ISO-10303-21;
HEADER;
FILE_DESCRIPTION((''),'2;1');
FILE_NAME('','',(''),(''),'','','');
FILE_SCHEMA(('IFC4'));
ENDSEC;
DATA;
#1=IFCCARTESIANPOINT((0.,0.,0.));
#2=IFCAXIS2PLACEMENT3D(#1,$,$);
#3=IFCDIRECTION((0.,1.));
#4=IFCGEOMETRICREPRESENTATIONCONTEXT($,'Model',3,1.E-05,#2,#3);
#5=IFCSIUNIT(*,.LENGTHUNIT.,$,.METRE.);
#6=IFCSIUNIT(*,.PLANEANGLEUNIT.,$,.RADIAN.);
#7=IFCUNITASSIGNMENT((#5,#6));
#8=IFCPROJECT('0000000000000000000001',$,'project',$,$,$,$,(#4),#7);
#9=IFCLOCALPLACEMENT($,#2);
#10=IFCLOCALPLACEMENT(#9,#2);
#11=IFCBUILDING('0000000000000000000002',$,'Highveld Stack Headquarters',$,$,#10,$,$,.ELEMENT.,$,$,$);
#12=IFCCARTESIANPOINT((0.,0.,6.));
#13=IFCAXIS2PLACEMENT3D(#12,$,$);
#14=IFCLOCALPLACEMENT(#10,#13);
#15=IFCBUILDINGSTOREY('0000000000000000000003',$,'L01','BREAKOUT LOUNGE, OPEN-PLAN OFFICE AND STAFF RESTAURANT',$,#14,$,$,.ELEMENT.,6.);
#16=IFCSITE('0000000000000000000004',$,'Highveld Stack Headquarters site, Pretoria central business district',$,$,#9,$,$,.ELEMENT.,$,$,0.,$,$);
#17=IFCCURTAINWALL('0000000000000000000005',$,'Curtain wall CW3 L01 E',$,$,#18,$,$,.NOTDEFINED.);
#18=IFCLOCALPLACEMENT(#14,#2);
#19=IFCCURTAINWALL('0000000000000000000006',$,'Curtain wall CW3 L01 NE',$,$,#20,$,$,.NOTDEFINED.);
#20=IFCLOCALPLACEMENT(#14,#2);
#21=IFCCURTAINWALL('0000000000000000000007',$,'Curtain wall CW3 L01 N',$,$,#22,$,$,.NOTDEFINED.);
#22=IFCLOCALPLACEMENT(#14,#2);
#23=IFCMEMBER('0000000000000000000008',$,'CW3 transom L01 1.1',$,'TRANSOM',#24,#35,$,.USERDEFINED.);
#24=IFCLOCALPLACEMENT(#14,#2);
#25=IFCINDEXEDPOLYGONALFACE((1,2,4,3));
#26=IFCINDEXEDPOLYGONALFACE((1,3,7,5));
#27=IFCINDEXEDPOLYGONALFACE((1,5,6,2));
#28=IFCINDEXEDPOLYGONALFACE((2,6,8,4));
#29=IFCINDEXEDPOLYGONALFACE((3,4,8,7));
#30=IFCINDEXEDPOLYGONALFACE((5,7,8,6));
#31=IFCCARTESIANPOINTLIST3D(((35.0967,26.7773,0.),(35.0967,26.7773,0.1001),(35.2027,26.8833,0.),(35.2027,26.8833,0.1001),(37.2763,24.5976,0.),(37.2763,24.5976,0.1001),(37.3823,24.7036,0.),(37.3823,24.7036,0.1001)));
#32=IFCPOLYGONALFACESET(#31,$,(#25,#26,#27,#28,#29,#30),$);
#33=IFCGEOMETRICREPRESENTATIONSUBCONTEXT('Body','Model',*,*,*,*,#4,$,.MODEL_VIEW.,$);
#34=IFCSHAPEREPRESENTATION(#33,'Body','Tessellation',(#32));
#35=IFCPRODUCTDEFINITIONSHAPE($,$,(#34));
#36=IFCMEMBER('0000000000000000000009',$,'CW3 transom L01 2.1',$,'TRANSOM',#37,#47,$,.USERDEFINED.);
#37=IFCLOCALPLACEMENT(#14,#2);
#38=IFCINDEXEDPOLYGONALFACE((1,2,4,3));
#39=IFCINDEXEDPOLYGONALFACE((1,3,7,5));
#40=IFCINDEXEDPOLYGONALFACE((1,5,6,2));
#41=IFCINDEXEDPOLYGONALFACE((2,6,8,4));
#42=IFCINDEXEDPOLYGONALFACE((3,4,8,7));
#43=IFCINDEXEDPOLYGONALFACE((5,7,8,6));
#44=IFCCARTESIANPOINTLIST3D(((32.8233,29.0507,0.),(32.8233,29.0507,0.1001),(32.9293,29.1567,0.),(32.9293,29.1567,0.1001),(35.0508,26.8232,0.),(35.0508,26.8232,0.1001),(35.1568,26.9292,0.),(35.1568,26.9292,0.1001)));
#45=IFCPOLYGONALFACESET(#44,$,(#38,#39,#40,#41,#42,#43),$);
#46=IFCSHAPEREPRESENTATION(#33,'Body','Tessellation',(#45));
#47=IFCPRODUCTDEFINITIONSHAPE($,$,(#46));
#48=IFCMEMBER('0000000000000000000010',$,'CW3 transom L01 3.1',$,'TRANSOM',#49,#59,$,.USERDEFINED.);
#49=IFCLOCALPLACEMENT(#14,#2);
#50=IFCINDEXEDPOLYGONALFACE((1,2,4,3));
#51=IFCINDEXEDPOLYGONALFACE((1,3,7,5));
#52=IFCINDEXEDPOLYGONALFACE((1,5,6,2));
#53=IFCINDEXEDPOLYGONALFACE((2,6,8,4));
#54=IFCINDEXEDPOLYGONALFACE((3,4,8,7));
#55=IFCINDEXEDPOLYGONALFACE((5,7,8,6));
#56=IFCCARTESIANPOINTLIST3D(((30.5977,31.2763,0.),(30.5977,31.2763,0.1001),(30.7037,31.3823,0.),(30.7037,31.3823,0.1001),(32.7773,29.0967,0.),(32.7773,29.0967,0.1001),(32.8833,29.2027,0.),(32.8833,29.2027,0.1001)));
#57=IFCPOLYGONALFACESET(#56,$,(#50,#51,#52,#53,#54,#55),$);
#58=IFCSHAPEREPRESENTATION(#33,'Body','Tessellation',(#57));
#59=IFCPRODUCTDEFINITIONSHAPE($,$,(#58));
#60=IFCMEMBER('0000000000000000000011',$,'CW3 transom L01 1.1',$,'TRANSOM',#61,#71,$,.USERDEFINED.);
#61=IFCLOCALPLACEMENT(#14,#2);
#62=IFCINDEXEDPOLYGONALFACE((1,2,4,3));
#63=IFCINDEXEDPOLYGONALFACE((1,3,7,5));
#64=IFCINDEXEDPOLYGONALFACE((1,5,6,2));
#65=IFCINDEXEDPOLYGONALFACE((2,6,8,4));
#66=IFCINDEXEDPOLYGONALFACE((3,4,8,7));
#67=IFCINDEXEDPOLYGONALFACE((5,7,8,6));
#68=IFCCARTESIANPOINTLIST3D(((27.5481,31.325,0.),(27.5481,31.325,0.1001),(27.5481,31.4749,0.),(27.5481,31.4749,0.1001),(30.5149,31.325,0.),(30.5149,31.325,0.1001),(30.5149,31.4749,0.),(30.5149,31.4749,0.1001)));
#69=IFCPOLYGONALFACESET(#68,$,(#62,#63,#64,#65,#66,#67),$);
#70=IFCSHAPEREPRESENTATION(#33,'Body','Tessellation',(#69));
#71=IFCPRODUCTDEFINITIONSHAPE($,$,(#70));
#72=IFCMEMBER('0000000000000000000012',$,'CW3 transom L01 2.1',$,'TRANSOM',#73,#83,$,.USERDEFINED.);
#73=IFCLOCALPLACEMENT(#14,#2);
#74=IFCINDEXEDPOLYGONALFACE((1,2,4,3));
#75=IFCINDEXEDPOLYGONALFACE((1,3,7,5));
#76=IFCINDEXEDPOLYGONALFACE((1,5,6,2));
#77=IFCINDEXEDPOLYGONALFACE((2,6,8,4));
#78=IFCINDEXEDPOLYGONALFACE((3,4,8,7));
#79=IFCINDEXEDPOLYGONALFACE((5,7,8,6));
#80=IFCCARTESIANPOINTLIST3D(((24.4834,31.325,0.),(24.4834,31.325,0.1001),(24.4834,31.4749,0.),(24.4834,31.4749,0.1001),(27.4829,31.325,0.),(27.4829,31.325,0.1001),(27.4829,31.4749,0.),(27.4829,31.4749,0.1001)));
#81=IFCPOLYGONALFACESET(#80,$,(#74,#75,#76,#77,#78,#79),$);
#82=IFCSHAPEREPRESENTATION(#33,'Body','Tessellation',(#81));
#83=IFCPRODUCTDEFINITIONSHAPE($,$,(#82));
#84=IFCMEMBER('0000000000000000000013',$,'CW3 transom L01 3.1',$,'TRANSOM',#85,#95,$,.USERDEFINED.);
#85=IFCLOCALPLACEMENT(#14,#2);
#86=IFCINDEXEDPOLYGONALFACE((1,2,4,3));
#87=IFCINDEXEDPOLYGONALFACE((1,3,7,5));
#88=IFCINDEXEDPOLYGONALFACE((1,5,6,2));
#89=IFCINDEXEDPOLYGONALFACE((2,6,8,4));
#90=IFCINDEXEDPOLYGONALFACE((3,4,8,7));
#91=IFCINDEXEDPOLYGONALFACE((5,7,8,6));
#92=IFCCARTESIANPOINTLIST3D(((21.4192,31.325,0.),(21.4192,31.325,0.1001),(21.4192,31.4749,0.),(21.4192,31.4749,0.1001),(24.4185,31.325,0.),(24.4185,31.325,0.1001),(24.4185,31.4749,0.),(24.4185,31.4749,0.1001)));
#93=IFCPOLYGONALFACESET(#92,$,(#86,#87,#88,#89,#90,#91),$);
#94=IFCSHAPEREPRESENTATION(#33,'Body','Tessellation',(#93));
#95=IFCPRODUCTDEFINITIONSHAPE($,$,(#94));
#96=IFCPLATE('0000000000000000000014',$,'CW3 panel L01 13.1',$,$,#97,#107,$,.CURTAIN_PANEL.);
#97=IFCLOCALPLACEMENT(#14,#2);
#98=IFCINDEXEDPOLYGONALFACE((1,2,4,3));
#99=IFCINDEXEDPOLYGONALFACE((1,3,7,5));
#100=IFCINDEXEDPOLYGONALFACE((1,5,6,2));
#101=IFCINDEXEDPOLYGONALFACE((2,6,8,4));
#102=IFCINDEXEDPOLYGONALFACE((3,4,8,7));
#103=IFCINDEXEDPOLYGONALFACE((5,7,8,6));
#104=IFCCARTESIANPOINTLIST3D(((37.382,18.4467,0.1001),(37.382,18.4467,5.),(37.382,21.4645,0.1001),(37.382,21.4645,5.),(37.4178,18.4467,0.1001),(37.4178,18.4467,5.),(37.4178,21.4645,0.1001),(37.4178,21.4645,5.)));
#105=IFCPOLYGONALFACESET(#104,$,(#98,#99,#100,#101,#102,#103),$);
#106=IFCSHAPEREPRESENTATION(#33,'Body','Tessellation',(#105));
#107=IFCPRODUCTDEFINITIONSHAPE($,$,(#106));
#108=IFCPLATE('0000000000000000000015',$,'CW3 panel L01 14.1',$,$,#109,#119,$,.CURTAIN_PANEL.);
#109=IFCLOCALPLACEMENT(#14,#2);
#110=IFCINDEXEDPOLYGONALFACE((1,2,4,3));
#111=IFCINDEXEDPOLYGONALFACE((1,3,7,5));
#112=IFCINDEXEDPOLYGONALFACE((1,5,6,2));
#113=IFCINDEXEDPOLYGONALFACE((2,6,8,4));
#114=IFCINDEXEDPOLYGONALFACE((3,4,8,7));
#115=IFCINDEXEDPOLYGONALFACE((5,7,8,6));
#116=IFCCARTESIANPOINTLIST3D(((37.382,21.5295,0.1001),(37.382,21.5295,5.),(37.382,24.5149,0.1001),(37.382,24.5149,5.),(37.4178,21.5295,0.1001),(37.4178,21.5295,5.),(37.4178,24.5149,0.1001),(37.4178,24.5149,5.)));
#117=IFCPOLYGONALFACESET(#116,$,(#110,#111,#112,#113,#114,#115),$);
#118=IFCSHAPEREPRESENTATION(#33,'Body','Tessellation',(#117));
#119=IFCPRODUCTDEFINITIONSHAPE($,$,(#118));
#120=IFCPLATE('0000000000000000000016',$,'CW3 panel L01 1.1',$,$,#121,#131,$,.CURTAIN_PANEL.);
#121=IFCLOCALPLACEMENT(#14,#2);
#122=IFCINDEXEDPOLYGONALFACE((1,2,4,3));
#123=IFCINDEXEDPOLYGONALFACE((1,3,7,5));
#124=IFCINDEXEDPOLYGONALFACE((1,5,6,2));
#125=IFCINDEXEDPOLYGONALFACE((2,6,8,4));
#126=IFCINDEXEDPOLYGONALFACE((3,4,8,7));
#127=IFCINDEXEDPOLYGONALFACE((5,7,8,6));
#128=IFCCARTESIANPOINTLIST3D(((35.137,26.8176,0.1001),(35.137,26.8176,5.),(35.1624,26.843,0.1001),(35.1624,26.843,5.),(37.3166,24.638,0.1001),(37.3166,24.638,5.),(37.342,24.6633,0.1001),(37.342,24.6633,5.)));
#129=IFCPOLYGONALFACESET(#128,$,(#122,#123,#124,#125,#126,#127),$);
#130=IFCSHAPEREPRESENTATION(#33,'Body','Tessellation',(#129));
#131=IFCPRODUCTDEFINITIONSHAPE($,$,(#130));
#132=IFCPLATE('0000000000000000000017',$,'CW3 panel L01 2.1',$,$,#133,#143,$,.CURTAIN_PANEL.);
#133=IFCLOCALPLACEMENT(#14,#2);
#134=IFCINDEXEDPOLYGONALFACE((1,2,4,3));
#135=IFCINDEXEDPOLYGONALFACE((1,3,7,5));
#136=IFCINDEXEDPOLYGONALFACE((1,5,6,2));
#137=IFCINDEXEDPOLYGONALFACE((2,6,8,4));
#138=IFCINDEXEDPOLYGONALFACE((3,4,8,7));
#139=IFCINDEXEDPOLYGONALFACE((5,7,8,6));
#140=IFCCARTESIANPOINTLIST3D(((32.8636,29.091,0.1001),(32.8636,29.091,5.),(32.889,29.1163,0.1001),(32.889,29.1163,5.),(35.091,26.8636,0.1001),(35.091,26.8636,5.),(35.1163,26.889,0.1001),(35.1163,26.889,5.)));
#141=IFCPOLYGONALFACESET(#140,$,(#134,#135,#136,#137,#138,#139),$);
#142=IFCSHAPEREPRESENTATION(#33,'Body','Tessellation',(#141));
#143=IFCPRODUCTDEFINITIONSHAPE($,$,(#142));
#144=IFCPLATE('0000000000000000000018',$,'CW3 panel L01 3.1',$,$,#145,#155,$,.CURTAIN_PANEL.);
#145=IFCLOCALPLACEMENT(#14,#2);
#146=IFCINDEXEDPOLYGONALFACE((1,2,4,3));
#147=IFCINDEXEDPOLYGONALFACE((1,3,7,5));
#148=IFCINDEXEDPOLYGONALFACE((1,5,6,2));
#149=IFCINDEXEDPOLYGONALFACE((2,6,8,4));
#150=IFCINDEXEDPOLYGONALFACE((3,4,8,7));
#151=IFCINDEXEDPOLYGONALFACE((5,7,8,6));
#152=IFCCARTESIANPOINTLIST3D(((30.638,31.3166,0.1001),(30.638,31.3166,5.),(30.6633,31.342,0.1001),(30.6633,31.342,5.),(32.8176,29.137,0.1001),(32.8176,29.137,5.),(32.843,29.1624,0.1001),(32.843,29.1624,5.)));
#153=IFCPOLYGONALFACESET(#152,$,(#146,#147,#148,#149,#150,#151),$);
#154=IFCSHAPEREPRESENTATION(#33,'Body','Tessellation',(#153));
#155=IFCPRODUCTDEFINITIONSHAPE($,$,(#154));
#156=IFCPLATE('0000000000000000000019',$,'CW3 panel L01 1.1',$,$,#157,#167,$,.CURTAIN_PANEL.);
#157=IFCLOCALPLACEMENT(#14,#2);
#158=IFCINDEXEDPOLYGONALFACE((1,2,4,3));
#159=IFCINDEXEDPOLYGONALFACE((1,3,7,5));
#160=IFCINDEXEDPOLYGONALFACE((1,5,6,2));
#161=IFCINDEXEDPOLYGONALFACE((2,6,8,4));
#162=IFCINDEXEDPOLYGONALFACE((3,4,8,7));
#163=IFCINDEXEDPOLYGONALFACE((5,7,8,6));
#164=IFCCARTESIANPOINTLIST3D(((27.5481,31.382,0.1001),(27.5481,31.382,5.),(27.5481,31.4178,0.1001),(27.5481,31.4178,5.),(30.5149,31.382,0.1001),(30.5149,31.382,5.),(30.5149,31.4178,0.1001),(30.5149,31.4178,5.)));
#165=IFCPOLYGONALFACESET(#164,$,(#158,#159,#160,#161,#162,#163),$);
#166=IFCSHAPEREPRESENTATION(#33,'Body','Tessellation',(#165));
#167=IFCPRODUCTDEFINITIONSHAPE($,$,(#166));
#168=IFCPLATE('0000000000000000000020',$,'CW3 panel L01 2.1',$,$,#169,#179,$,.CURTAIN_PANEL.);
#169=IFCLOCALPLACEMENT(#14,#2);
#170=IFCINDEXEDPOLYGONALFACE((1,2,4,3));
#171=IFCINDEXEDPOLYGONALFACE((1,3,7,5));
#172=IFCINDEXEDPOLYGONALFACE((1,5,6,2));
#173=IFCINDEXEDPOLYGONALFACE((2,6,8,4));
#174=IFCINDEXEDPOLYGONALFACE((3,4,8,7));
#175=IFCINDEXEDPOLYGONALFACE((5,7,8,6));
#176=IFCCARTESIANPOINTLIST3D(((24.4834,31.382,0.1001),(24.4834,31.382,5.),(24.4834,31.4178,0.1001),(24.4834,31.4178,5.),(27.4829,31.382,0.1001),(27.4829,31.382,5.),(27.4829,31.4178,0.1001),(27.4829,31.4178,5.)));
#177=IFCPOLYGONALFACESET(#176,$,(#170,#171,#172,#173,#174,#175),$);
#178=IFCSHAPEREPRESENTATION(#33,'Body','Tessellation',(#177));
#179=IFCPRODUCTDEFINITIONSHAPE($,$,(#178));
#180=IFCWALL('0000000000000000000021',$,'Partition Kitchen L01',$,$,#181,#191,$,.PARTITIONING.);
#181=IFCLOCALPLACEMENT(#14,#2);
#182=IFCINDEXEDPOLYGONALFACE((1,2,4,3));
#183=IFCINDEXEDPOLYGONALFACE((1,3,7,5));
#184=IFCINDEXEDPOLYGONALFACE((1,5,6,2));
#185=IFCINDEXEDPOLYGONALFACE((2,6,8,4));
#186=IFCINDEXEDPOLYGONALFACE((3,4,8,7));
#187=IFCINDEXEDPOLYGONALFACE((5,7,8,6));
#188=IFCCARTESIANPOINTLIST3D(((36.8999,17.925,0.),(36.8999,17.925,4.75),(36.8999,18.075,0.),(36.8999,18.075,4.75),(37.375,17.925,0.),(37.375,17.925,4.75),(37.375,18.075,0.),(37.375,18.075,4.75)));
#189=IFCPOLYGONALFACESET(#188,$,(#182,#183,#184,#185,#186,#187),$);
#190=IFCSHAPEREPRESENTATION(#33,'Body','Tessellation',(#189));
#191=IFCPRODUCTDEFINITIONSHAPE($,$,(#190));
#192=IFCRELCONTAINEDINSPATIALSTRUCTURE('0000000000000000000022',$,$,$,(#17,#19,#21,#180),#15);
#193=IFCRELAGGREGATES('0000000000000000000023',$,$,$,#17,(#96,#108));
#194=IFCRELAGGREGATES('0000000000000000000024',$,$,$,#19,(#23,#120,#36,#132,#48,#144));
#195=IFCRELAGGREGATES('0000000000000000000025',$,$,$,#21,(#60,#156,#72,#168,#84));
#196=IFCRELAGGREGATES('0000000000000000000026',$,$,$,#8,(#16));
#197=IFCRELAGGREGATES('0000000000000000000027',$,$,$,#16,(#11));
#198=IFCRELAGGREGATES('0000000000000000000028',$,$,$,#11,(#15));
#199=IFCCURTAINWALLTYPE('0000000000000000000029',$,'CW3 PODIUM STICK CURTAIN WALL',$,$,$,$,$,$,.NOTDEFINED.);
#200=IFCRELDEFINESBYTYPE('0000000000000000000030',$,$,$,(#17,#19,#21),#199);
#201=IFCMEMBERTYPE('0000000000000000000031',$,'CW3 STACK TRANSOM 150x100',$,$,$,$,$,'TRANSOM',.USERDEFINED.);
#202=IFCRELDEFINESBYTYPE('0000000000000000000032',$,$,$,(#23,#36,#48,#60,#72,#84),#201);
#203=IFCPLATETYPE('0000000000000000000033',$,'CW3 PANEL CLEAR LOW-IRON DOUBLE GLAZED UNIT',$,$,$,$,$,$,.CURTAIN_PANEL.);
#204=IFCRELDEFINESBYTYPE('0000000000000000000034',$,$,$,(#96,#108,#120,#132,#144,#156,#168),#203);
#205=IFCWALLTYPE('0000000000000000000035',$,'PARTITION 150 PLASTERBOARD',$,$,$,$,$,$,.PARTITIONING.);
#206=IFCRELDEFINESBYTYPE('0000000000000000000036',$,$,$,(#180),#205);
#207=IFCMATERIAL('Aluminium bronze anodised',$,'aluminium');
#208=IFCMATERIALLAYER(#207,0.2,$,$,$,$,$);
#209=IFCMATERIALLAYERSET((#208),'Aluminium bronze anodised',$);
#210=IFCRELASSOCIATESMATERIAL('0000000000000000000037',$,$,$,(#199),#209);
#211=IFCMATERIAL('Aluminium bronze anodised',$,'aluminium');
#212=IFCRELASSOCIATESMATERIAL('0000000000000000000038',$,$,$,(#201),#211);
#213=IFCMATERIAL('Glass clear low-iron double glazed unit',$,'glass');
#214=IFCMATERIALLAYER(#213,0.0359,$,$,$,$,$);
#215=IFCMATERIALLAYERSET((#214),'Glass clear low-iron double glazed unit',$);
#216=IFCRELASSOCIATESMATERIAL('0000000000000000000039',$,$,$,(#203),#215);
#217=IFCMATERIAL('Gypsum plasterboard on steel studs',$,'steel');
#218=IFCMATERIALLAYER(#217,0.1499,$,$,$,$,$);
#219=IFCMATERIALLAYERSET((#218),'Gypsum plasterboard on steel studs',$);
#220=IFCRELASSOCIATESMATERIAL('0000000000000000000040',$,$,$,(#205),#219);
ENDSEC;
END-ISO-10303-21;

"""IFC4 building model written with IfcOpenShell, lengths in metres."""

from ifc_helpers import new_model, si_unit, direction, frame, frame_2d, origin, origin_2d, place, context, subcontext, project, spatial, rectangle, extrude, material, layer, layer_set, material_profile, profile_set, type_object, element, aggregate, save


model = new_model("IFC4")

# Units and contexts
model_context = context("Model", 3, precision=1e-05, world=origin(), true_north=direction((0.0, 1.0)))
body_context = subcontext(model_context, "Body", "Model", "MODEL_VIEW")
ifc_project = project(units=[si_unit("LENGTHUNIT", "METRE"), si_unit("PLANEANGLEUNIT", "RADIAN")], contexts=[model_context])

# Site, building, storey
site_placement = place(None, origin())
site = spatial("IfcSite", under=ifc_project, at=site_placement, Name="Highveld Stack Headquarters site, Pretoria central business district", CompositionType="ELEMENT", RefElevation=0.0)
building_placement = place(site_placement, origin())
building = spatial("IfcBuilding", under=site, at=building_placement, Name="Highveld Stack Headquarters", CompositionType="ELEMENT")
storey_placement = place(building_placement, frame((0.0, 0.0, 6.0)))
storey = spatial("IfcBuildingStorey", under=building, at=storey_placement, Name="L01", Description="BREAKOUT LOUNGE, OPEN-PLAN OFFICE AND STAFF RESTAURANT", CompositionType="ELEMENT", Elevation=6.0)

# Curtain walls
ifc_material_1 = material(Name="Aluminium bronze anodised", Category="aluminium")
ifc_layer_1 = layer(ifc_material_1, 0.2)
ifc_layer_set_1 = layer_set([ifc_layer_1], Name="Aluminium bronze anodised")
curtain_wall_type = type_object("IfcCurtainWallType", Name="CW3 PODIUM STICK CURTAIN WALL", PredefinedType="NOTDEFINED", material=ifc_layer_set_1)
curtain_wall_1_placement = place(storey_placement, origin())
curtain_wall_1 = element("IfcCurtainWall", 1, at=curtain_wall_1_placement, inside=storey, type_object=curtain_wall_type, Name="Curtain wall CW3 L01 E", PredefinedType="NOTDEFINED")
curtain_wall_2_placement = place(storey_placement, origin())
curtain_wall_2 = element("IfcCurtainWall", 2, at=curtain_wall_2_placement, inside=storey, type_object=curtain_wall_type, Name="Curtain wall CW3 L01 NE", PredefinedType="NOTDEFINED")
curtain_wall_3_placement = place(storey_placement, origin())
curtain_wall_3 = element("IfcCurtainWall", 3, at=curtain_wall_3_placement, inside=storey, type_object=curtain_wall_type, Name="Curtain wall CW3 L01 N", PredefinedType="NOTDEFINED")

# Members
ifc_material_2 = material(Name="Aluminium bronze anodised", Category="aluminium")
ifc_material_profile_1 = material_profile(ifc_material_2, rectangle(XDim=0.1499, YDim=0.1001, at=origin_2d()), Name="CW3 TRANSOM 150x100")
ifc_profile_set_1 = profile_set([ifc_material_profile_1], Name="Aluminium bronze anodised")
member_type_1 = type_object("IfcMemberType", Name="CW3 STACK TRANSOM 150x100", ElementType="TRANSOM", PredefinedType="USERDEFINED", material=ifc_profile_set_1)
member_1_placement = place(storey_placement, frame((37.3293, 24.6506, 0.05), z_axis=(-0.707107, 0.707107, 0.0), x_axis=(-0.707107, -0.707107, 0.0)))
member_1 = element("IfcMember", 4, at=member_1_placement, type_object=member_type_1, Name="CW3 transom L01 1.1", ObjectType="TRANSOM", PredefinedType="USERDEFINED", context=body_context, shape_type="SweptSolid", body=[
    extrude(rectangle(XDim=0.1499, YDim=0.1001, at=origin_2d()), origin(), (0.0, 0.0, 1.0), 3.0825),
])
member_2_placement = place(storey_placement, frame((35.1038, 26.8762, 0.05), z_axis=(-0.707107, 0.707107, 0.0), x_axis=(-0.707107, -0.707107, 0.0)))
member_2 = element("IfcMember", 5, at=member_2_placement, type_object=member_type_1, Name="CW3 transom L01 2.1", ObjectType="TRANSOM", PredefinedType="USERDEFINED", context=body_context, shape_type="SweptSolid", body=[
    extrude(rectangle(XDim=0.1499, YDim=0.1001, at=origin_2d()), origin(), (0.0, 0.0, 1.0), 3.1501),
])
member_3_placement = place(storey_placement, frame((32.8303, 29.1497, 0.05), z_axis=(-0.707107, 0.707107, 0.0), x_axis=(-0.707107, -0.707107, 0.0)))
member_3 = element("IfcMember", 6, at=member_3_placement, type_object=member_type_1, Name="CW3 transom L01 3.1", ObjectType="TRANSOM", PredefinedType="USERDEFINED", context=body_context, shape_type="SweptSolid", body=[
    extrude(rectangle(XDim=0.1499, YDim=0.1001, at=origin_2d()), origin(), (0.0, 0.0, 1.0), 3.0825),
])
member_4_placement = place(storey_placement, frame((30.5149, 31.3999, 0.05), z_axis=(-1.0, 0.0, 0.0), x_axis=(0.0, -1.0, 0.0)))
member_4 = element("IfcMember", 7, at=member_4_placement, type_object=member_type_1, Name="CW3 transom L01 1.1", ObjectType="TRANSOM", PredefinedType="USERDEFINED", context=body_context, shape_type="SweptSolid", body=[
    extrude(rectangle(XDim=0.1499, YDim=0.1001, at=origin_2d()), origin(), (0.0, 0.0, 1.0), 2.9668),
])
member_5_placement = place(storey_placement, frame((27.4829, 31.3999, 0.05), z_axis=(-1.0, 0.0, 0.0), x_axis=(0.0, -1.0, 0.0)))
member_5 = element("IfcMember", 8, at=member_5_placement, type_object=member_type_1, Name="CW3 transom L01 2.1", ObjectType="TRANSOM", PredefinedType="USERDEFINED", context=body_context, shape_type="SweptSolid", body=[
    extrude(rectangle(XDim=0.1499, YDim=0.1001, at=origin_2d()), origin(), (0.0, 0.0, 1.0), 2.9995),
])
member_6_placement = place(storey_placement, frame((24.4185, 31.3999, 0.05), z_axis=(-1.0, 0.0, 0.0), x_axis=(0.0, -1.0, 0.0)))
member_6 = element("IfcMember", 9, at=member_6_placement, type_object=member_type_1, Name="CW3 transom L01 3.1", ObjectType="TRANSOM", PredefinedType="USERDEFINED", context=body_context, shape_type="SweptSolid", body=[
    extrude(rectangle(XDim=0.1499, YDim=0.1001, at=origin_2d()), origin(), (0.0, 0.0, 1.0), 2.9993),
])

# Plates
ifc_material_3 = material(Name="Glass clear low-iron double glazed unit", Category="glass")
ifc_layer_2 = layer(ifc_material_3, 0.0359)
ifc_layer_set_2 = layer_set([ifc_layer_2], Name="Glass clear low-iron double glazed unit")
plate_type = type_object("IfcPlateType", Name="CW3 PANEL CLEAR LOW-IRON DOUBLE GLAZED UNIT", PredefinedType="CURTAIN_PANEL", material=ifc_layer_set_2)
plate_1_placement = place(storey_placement, frame((37.3999, 19.9556, 0.1001), z_axis=(0.0, 0.0, 1.0), x_axis=(0.0, 1.0, 0.0)))
plate_1 = element("IfcPlate", 10, at=plate_1_placement, type_object=plate_type, Name="CW3 panel L01 13.1", PredefinedType="CURTAIN_PANEL", context=body_context, shape_type="SweptSolid", body=[
    extrude(rectangle(XDim=3.0178, YDim=0.0359, at=origin_2d()), origin(), (0.0, 0.0, 1.0), 4.8999),
])
plate_2_placement = place(storey_placement, frame((37.3999, 23.0222, 0.1001), z_axis=(0.0, 0.0, 1.0), x_axis=(0.0, 1.0, 0.0)))
plate_2 = element("IfcPlate", 11, at=plate_2_placement, type_object=plate_type, Name="CW3 panel L01 14.1", PredefinedType="CURTAIN_PANEL", context=body_context, shape_type="SweptSolid", body=[
    extrude(rectangle(XDim=2.9854, YDim=0.0359, at=origin_2d()), origin(), (0.0, 0.0, 1.0), 4.8999),
])
aggregate(curtain_wall_1, [plate_1, plate_2])
plate_3_placement = place(storey_placement, frame((36.2395, 25.7405, 0.1001), z_axis=(0.0, 0.0, 1.0), x_axis=(-0.707107, 0.707107, 0.0)))
plate_3 = element("IfcPlate", 12, at=plate_3_placement, type_object=plate_type, Name="CW3 panel L01 1.1", PredefinedType="CURTAIN_PANEL", context=body_context, shape_type="SweptSolid", body=[
    extrude(rectangle(XDim=3.0825, YDim=0.0359, at=origin_2d()), origin(), (0.0, 0.0, 1.0), 4.8999),
])
plate_4_placement = place(storey_placement, frame((33.99, 27.99, 0.1001), z_axis=(0.0, 0.0, 1.0), x_axis=(-0.707107, 0.707107, 0.0)))
plate_4 = element("IfcPlate", 13, at=plate_4_placement, type_object=plate_type, Name="CW3 panel L01 2.1", PredefinedType="CURTAIN_PANEL", context=body_context, shape_type="SweptSolid", body=[
    extrude(rectangle(XDim=3.1499, YDim=0.0359, at=origin_2d()), origin(), (0.0, 0.0, 1.0), 4.8999),
])
plate_5_placement = place(storey_placement, frame((31.7405, 30.2395, 0.1001), z_axis=(0.0, 0.0, 1.0), x_axis=(-0.707107, 0.707107, 0.0)))
plate_5 = element("IfcPlate", 14, at=plate_5_placement, type_object=plate_type, Name="CW3 panel L01 3.1", PredefinedType="CURTAIN_PANEL", context=body_context, shape_type="SweptSolid", body=[
    extrude(rectangle(XDim=3.0825, YDim=0.0359, at=origin_2d()), origin(), (0.0, 0.0, 1.0), 4.8999),
])
aggregate(curtain_wall_2, [member_1, plate_3, member_2, plate_4, member_3, plate_5])
plate_6_placement = place(storey_placement, frame((29.0315, 31.3999, 0.1001), z_axis=(0.0, 0.0, 1.0), x_axis=(-1.0, 0.0, 0.0)))
plate_6 = element("IfcPlate", 15, at=plate_6_placement, type_object=plate_type, Name="CW3 panel L01 1.1", PredefinedType="CURTAIN_PANEL", context=body_context, shape_type="SweptSolid", body=[
    extrude(rectangle(XDim=2.9668, YDim=0.0359, at=origin_2d()), origin(), (0.0, 0.0, 1.0), 4.8999),
])
plate_7_placement = place(storey_placement, frame((25.9832, 31.3999, 0.1001), z_axis=(0.0, 0.0, 1.0), x_axis=(-1.0, 0.0, 0.0)))
plate_7 = element("IfcPlate", 16, at=plate_7_placement, type_object=plate_type, Name="CW3 panel L01 2.1", PredefinedType="CURTAIN_PANEL", context=body_context, shape_type="SweptSolid", body=[
    extrude(rectangle(XDim=2.9995, YDim=0.0359, at=origin_2d()), origin(), (0.0, 0.0, 1.0), 4.8999),
])
aggregate(curtain_wall_3, [member_4, plate_6, member_5, plate_7, member_6])

# Wall
ifc_material_4 = material(Name="Gypsum plasterboard on steel studs", Category="steel")
ifc_layer_3 = layer(ifc_material_4, 0.1499)
ifc_layer_set_3 = layer_set([ifc_layer_3], Name="Gypsum plasterboard on steel studs")
wall_type = type_object("IfcWallType", Name="PARTITION 150 PLASTERBOARD", PredefinedType="PARTITIONING", material=ifc_layer_set_3)
wall_1_placement = place(storey_placement, frame((36.8999, 18.0, 0.0), z_axis=(0.0, 0.0, 1.0), x_axis=(1.0, 0.0, 0.0)))
element("IfcWall", 17, at=wall_1_placement, inside=storey, type_object=wall_type, Name="Partition Kitchen L01", PredefinedType="PARTITIONING", context=body_context, shape_type="SweptSolid", body=[
    extrude(rectangle(XDim=0.4751, YDim=0.1499, at=frame_2d((0.2375, 0.0))), origin(), (0.0, 0.0, 1.0), 4.75),
])

save(model, "model.ifc")
